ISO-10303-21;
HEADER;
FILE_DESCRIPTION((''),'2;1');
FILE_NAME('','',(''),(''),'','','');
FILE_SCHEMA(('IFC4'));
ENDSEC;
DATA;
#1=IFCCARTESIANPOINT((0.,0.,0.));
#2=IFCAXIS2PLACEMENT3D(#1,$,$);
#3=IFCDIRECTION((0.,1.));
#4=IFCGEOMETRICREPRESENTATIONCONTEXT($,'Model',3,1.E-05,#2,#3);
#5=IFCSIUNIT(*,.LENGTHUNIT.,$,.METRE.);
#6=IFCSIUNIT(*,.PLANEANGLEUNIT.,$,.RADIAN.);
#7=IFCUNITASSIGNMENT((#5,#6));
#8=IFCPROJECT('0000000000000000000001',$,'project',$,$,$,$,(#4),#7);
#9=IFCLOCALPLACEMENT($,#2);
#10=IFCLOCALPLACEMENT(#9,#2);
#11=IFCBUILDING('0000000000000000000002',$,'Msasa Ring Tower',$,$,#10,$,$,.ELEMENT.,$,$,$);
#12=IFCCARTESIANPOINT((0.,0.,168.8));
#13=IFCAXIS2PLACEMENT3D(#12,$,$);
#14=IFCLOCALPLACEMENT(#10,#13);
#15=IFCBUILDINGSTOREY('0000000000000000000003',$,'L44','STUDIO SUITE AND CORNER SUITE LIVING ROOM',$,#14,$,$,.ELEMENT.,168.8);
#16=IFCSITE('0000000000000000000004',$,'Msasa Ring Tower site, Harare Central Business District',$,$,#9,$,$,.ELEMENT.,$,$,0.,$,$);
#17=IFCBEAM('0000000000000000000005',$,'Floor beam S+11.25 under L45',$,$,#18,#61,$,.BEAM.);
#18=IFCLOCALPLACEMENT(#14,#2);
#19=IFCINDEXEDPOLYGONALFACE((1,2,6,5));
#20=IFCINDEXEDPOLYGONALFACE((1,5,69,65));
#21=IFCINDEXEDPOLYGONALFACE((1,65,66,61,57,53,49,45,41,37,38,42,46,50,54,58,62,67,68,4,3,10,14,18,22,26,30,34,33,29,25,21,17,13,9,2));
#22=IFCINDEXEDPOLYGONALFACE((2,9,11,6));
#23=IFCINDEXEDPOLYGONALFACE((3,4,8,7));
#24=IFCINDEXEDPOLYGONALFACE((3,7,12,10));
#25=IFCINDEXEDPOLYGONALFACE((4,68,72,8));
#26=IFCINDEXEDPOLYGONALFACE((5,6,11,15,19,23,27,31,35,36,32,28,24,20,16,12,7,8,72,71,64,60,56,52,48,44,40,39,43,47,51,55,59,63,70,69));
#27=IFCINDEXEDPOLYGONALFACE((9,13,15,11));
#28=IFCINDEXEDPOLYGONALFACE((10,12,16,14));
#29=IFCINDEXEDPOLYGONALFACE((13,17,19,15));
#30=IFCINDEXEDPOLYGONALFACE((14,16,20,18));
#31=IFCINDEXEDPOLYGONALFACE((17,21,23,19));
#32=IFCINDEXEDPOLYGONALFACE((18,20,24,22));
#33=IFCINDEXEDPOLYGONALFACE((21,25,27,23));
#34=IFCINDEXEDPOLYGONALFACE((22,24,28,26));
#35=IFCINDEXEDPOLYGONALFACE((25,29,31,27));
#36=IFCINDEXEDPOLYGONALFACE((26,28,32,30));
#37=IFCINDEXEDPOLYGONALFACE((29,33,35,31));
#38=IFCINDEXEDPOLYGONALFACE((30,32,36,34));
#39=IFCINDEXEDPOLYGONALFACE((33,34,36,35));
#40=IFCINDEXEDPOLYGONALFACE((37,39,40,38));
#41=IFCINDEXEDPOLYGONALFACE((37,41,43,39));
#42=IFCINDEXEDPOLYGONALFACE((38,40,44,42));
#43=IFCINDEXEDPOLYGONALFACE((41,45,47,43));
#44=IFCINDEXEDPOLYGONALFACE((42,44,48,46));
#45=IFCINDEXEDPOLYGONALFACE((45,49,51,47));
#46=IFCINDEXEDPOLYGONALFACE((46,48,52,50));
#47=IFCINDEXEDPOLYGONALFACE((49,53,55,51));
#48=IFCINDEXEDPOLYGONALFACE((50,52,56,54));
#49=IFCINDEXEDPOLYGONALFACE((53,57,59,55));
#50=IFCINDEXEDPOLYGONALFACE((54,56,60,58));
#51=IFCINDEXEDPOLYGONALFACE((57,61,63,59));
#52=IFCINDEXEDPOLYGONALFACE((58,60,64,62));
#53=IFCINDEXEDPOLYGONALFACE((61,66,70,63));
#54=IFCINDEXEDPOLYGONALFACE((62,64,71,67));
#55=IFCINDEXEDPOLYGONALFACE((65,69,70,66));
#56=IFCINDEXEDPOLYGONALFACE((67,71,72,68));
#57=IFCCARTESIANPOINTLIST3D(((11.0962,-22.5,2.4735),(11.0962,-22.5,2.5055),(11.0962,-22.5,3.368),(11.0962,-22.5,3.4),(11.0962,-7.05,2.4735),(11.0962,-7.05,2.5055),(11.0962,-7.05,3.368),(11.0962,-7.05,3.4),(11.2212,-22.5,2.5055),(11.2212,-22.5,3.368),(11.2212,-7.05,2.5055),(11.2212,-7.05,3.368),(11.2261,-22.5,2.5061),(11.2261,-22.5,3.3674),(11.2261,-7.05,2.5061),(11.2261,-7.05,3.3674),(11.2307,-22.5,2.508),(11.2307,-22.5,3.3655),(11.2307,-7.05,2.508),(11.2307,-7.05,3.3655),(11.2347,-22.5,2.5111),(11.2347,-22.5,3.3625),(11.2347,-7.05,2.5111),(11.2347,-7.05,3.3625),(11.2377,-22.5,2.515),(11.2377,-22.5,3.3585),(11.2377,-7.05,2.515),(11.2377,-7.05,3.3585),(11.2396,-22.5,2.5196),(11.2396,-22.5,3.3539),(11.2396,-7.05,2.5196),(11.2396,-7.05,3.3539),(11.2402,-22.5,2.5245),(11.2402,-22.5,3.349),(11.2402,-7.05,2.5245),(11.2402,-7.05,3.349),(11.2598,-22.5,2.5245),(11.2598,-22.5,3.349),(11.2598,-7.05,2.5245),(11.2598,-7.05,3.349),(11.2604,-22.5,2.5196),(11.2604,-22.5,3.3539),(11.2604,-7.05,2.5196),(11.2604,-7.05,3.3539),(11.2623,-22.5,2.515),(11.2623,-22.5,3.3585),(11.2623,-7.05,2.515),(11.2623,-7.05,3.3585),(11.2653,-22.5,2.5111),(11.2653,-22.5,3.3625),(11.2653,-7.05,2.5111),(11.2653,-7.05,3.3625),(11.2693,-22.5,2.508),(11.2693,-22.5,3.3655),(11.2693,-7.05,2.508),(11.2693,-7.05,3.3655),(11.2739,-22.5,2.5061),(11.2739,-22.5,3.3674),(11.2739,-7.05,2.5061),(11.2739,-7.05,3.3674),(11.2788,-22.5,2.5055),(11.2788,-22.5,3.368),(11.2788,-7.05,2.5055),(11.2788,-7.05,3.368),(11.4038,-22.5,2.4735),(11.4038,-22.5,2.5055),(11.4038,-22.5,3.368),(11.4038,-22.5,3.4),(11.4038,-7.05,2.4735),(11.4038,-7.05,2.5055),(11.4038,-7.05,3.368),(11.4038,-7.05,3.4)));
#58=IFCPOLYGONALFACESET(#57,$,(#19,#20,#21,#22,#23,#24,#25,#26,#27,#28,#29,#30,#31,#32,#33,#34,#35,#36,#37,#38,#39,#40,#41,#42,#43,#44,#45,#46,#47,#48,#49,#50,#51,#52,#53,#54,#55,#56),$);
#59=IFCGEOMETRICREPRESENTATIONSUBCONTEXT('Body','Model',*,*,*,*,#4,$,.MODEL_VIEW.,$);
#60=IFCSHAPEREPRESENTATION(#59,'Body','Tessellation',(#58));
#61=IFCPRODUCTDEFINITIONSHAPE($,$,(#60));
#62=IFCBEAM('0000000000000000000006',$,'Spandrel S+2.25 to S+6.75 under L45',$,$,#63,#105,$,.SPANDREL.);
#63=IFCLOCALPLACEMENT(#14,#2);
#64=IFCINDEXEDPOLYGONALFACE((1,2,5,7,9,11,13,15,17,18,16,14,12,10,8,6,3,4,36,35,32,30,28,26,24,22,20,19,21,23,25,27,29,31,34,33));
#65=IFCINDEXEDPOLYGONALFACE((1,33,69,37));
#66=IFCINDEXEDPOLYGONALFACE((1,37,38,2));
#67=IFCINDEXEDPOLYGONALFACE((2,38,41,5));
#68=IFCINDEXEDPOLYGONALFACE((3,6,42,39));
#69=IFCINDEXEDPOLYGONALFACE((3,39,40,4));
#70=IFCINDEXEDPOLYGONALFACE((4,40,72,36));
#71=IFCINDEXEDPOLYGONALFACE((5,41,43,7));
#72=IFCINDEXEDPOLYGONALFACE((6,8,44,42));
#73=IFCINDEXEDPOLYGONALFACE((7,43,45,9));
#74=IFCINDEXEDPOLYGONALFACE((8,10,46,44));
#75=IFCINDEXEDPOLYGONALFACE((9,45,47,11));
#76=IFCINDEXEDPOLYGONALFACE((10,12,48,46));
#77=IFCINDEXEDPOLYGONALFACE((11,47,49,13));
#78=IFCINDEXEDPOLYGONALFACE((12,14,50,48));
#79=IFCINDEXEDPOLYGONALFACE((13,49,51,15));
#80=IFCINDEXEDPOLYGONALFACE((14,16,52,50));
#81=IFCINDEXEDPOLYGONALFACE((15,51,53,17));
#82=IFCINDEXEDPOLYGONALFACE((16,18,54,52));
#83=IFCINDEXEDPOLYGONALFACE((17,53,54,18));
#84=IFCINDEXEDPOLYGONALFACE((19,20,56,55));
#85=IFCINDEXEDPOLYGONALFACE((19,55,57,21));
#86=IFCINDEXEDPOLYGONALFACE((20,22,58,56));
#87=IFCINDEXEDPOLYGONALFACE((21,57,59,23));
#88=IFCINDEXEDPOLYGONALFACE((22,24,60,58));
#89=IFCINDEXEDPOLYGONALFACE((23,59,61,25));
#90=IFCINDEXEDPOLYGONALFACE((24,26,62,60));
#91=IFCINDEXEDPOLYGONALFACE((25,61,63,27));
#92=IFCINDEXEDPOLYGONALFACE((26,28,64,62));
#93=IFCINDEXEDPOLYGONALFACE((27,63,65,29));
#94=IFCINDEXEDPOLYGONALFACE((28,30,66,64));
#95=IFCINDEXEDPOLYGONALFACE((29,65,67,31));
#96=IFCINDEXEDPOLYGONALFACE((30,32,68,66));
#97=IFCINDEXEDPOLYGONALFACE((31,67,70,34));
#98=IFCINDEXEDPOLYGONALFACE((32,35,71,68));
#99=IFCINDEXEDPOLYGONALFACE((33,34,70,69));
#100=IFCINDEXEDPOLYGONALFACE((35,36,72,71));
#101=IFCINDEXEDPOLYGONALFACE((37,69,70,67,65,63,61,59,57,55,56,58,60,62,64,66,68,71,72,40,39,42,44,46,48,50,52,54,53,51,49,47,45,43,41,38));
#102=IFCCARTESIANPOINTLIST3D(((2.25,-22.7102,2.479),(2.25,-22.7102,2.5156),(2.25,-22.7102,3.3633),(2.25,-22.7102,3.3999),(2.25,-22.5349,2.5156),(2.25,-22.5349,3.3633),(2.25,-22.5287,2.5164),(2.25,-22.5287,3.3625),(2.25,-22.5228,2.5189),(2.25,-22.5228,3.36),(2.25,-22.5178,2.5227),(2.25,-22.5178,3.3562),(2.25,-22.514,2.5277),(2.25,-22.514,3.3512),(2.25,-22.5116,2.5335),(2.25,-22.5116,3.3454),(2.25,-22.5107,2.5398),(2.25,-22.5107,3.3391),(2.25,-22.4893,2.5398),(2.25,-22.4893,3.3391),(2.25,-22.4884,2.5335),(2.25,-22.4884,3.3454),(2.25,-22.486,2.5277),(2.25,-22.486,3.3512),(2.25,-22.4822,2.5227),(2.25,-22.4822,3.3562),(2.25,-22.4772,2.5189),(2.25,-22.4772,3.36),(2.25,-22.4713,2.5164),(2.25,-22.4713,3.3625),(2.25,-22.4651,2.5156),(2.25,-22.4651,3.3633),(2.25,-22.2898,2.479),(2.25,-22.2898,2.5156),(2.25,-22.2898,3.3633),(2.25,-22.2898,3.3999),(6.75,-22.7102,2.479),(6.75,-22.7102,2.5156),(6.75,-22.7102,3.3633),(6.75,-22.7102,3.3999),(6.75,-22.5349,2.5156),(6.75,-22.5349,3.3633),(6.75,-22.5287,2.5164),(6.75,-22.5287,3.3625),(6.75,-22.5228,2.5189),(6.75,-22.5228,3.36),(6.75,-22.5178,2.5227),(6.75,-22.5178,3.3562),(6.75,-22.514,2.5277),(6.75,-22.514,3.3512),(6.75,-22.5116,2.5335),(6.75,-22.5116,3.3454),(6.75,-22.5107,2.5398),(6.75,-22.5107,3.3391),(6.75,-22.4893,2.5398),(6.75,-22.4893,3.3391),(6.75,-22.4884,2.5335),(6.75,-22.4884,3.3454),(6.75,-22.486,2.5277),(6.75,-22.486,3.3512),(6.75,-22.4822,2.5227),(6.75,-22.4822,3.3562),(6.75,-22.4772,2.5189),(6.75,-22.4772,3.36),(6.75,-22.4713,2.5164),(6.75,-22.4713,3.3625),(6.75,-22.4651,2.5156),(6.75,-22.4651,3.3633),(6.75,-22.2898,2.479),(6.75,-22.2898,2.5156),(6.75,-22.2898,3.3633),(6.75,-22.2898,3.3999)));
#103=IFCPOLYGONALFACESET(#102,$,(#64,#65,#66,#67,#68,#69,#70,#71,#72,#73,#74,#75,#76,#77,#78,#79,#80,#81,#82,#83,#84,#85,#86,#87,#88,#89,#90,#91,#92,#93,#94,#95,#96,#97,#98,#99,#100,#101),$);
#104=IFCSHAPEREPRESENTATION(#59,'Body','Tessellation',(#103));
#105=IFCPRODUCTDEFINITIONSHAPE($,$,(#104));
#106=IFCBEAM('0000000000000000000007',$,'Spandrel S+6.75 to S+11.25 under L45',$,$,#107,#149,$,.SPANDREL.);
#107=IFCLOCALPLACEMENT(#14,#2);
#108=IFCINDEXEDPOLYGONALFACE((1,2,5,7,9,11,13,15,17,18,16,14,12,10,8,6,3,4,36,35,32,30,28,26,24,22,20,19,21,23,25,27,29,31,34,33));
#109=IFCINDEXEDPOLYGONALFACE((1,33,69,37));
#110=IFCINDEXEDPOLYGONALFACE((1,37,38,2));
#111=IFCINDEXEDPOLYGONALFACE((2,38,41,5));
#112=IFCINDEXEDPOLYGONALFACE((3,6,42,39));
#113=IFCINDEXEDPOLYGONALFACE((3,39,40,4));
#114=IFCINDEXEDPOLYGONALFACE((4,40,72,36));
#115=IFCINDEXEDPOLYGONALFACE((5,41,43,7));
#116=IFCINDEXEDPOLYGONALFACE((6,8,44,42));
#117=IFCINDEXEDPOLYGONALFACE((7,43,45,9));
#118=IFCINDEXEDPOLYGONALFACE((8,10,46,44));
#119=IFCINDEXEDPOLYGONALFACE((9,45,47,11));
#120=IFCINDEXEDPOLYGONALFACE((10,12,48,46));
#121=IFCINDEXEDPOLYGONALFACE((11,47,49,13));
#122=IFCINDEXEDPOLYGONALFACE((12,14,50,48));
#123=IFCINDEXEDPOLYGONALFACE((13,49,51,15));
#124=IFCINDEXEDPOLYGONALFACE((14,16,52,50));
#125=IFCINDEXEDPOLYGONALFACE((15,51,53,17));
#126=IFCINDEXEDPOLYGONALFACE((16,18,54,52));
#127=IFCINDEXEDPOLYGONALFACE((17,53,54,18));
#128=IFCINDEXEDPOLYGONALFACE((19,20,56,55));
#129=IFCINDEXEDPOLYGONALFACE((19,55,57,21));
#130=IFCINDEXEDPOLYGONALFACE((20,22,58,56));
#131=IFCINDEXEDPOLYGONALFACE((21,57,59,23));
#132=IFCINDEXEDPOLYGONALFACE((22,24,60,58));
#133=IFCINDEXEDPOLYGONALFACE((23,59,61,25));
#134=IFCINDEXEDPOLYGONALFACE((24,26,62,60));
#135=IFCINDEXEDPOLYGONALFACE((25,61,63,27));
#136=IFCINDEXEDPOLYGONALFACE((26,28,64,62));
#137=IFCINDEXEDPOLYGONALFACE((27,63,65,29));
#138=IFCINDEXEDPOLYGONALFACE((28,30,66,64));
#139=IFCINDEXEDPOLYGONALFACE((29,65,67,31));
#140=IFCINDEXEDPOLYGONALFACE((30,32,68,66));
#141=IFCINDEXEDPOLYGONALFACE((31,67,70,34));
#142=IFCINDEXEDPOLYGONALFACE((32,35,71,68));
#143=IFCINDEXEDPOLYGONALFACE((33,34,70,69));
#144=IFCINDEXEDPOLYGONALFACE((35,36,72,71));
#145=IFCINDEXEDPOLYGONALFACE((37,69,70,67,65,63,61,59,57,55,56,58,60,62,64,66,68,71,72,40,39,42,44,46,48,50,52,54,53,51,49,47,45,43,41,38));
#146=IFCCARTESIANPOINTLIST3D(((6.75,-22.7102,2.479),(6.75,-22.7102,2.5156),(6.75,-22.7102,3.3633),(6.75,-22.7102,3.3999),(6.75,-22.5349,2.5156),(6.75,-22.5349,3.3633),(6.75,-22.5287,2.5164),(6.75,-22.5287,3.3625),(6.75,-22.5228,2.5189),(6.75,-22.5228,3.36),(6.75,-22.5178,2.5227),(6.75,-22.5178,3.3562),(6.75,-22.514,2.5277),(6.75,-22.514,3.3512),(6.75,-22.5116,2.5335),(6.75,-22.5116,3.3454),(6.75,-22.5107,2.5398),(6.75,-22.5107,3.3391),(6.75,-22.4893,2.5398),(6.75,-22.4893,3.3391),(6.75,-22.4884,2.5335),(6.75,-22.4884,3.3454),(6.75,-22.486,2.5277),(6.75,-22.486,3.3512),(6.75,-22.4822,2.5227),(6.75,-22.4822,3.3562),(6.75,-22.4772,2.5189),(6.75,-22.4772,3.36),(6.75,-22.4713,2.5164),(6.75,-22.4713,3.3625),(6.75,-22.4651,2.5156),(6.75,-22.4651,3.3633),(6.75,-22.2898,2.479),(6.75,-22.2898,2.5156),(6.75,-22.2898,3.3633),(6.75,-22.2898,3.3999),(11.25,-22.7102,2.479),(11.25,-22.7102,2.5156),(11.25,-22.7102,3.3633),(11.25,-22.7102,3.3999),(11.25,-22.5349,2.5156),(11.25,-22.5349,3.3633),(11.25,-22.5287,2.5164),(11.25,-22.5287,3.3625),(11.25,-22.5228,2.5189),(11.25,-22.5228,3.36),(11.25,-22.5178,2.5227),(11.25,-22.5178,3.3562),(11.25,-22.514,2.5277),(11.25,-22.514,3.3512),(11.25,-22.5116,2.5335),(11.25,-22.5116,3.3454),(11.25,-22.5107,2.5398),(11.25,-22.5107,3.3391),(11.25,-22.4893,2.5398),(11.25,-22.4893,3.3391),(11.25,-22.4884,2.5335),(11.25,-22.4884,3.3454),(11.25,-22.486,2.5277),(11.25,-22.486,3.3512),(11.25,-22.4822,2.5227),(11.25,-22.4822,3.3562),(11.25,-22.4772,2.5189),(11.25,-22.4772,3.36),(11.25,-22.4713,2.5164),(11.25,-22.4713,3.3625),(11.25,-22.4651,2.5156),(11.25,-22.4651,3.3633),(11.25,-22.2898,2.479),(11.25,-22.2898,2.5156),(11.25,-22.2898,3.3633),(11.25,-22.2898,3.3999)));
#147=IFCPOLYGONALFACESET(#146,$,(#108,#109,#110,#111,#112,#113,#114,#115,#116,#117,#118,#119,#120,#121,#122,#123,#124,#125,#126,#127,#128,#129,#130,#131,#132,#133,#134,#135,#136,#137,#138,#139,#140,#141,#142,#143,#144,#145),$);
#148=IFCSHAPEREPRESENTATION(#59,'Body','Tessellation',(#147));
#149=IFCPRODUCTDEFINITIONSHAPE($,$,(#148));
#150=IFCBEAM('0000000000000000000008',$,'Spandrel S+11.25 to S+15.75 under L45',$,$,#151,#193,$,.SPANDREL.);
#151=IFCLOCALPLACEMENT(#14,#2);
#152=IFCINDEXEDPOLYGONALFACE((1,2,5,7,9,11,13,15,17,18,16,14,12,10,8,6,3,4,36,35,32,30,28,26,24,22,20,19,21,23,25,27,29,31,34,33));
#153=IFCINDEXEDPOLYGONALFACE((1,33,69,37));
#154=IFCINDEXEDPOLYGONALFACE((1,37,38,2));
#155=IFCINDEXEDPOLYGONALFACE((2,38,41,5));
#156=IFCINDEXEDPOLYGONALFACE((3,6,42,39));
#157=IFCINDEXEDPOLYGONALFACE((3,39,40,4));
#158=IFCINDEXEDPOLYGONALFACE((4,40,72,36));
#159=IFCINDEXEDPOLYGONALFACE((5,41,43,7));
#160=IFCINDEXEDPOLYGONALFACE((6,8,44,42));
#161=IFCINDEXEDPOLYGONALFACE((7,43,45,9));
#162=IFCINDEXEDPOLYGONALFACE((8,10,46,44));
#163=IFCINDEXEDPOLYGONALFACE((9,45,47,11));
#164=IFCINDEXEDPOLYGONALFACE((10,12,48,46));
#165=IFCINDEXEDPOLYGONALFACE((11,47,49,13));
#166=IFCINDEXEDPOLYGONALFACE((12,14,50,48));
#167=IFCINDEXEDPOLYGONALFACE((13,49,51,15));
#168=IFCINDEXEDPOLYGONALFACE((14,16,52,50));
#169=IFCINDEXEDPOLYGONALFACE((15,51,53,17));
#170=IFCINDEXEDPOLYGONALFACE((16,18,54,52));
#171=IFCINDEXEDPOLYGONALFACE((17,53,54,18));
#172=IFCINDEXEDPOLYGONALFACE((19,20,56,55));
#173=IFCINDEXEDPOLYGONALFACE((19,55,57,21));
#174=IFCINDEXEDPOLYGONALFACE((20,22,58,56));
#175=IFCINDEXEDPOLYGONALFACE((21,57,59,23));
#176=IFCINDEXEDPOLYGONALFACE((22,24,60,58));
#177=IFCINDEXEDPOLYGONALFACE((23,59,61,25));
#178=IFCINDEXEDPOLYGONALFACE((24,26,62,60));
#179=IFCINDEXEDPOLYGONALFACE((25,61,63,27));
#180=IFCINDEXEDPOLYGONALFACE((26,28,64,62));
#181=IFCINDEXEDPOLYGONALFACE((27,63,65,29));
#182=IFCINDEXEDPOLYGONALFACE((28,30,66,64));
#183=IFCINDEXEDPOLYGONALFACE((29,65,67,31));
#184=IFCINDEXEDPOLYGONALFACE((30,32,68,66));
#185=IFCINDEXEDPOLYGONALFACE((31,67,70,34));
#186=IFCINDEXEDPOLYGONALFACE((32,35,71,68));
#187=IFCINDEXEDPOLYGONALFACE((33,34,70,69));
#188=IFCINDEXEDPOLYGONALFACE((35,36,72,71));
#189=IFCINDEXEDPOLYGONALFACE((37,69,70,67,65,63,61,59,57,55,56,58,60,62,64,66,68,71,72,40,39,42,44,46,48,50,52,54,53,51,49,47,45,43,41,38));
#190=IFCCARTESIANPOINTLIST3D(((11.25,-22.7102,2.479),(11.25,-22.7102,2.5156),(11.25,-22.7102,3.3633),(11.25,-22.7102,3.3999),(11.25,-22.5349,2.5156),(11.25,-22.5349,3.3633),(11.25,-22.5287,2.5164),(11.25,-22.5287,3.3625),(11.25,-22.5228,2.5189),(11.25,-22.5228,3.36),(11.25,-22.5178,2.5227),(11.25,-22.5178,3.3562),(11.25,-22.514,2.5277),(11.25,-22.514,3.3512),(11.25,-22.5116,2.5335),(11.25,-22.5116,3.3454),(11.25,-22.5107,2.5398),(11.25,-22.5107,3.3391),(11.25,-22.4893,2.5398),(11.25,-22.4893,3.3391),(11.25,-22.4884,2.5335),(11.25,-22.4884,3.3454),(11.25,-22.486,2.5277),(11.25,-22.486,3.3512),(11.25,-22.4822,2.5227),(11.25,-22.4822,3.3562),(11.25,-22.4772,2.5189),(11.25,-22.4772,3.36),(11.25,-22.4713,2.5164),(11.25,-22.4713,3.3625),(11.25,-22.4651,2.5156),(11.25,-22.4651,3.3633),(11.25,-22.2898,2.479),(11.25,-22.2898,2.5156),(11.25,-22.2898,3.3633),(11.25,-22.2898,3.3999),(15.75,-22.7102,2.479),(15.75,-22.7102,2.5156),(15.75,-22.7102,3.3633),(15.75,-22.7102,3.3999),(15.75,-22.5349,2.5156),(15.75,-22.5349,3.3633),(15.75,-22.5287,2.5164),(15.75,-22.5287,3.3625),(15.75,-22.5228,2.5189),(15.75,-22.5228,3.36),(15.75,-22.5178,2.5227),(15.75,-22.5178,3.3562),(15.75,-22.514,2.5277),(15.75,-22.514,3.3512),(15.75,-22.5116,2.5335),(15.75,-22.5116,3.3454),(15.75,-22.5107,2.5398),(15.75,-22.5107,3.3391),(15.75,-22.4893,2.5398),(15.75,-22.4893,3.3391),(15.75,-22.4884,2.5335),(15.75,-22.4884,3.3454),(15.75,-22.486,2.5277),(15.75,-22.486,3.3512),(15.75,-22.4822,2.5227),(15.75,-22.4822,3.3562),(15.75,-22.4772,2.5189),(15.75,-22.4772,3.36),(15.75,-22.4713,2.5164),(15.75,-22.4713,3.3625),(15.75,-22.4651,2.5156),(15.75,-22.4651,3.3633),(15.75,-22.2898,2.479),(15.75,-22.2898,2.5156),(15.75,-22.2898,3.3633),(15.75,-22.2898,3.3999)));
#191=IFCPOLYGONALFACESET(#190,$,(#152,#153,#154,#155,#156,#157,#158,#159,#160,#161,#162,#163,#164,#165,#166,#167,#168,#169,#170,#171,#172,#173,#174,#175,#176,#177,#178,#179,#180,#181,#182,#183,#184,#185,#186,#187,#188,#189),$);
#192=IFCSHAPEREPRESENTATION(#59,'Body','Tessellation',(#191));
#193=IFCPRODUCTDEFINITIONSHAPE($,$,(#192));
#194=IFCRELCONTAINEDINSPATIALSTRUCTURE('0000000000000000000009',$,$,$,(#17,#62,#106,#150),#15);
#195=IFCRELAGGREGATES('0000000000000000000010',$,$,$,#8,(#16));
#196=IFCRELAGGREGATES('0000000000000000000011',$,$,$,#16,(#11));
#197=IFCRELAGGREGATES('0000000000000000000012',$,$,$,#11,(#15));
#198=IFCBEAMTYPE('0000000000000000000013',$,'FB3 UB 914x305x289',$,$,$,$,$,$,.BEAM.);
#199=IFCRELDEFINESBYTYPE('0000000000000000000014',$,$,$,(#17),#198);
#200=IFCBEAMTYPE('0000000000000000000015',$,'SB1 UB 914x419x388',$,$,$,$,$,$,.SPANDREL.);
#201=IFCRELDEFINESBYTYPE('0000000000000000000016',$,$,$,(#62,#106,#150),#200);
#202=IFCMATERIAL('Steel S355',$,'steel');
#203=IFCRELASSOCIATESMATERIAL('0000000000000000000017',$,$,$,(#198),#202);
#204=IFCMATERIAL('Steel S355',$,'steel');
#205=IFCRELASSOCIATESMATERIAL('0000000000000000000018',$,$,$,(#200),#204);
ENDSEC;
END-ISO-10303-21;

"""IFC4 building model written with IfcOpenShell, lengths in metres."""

from ifc_helpers import new_model, si_unit, direction, frame, origin, origin_2d, place, context, subcontext, project, spatial, i_section, extrude, material, material_profile, profile_set, type_object, element, save


model = new_model("IFC4")

# Units and contexts
model_context = context("Model", 3, precision=1e-05, world=origin(), true_north=direction((0.0, 1.0)))
body_context = subcontext(model_context, "Body", "Model", "MODEL_VIEW")
ifc_project = project(units=[si_unit("LENGTHUNIT", "METRE"), si_unit("PLANEANGLEUNIT", "RADIAN")], contexts=[model_context])

# Site, building, storey
site_placement = place(None, origin())
site = spatial("IfcSite", under=ifc_project, at=site_placement, Name="Msasa Ring Tower site, Harare Central Business District", CompositionType="ELEMENT", RefElevation=0.0)
building_placement = place(site_placement, origin())
building = spatial("IfcBuilding", under=site, at=building_placement, Name="Msasa Ring Tower", CompositionType="ELEMENT")
storey_placement = place(building_placement, frame((0.0, 0.0, 168.8)))
storey = spatial("IfcBuildingStorey", under=building, at=storey_placement, Name="L44", Description="STUDIO SUITE AND CORNER SUITE LIVING ROOM", CompositionType="ELEMENT", Elevation=168.8)

# Beams
ifc_material_1 = material(Name="Steel S355", Category="steel")
ifc_material_profile_1 = material_profile(ifc_material_1, i_section(OverallWidth=0.3076, OverallDepth=0.9265, WebThickness=0.0195, FlangeThickness=0.032, FilletRadius=0.019, at=origin_2d()), Name="UB 914x305x289")
ifc_profile_set_1 = profile_set([ifc_material_profile_1], Name="Steel S355")
beam_type_1 = type_object("IfcBeamType", Name="FB3 UB 914x305x289", PredefinedType="BEAM", material=ifc_profile_set_1)
beam_placement = place(storey_placement, frame((11.25, -22.5, 2.9368), z_axis=(0.0, 1.0, 0.0), x_axis=(-1.0, 0.0, 0.0)))
element("IfcBeam", 1, at=beam_placement, inside=storey, type_object=beam_type_1, Name="Floor beam S+11.25 under L45", PredefinedType="BEAM", context=body_context, shape_type="SweptSolid", body=[
    extrude(i_section(OverallWidth=0.3076, OverallDepth=0.9265, WebThickness=0.0195, FlangeThickness=0.032, FilletRadius=0.019, at=origin_2d()), origin(), (0.0, 0.0, 1.0), 15.45),
])
ifc_material_2 = material(Name="Steel S355", Category="steel")
ifc_material_profile_2 = material_profile(ifc_material_2, i_section(OverallWidth=0.4204, OverallDepth=0.9209, WebThickness=0.0215, FlangeThickness=0.0366, FilletRadius=0.0242, at=origin_2d()), Name="UB 914x419x388")
ifc_profile_set_2 = profile_set([ifc_material_profile_2], Name="Steel S355")
beam_type_2 = type_object("IfcBeamType", Name="SB1 UB 914x419x388", PredefinedType="SPANDREL", material=ifc_profile_set_2)
for number, where, z_axis, x_axis, name in (
    (2, (2.25, -22.5, 2.9395), (1.0, 0.0, 0.0), (0.0, 1.0, 0.0), "Spandrel S+2.25 to S+6.75 under L45"),
    (3, (6.75, -22.5, 2.9395), (1.0, 0.0, 0.0), (0.0, 1.0, 0.0), "Spandrel S+6.75 to S+11.25 under L45"),
    (4, (11.25, -22.5, 2.9395), (1.0, 0.0, 0.0), (0.0, 1.0, 0.0), "Spandrel S+11.25 to S+15.75 under L45"),
):
    element("IfcBeam", number, at=place(storey_placement, frame(where, z_axis=z_axis, x_axis=x_axis)), inside=storey, type_object=beam_type_2, Name=name, PredefinedType="SPANDREL", context=body_context, shape_type="SweptSolid", body=[
        extrude(i_section(OverallWidth=0.4204, OverallDepth=0.9209, WebThickness=0.0215, FlangeThickness=0.0366, FilletRadius=0.0242, at=origin_2d()), origin(), (0.0, 0.0, 1.0), 4.5),
    ])

save(model, "model.ifc")
